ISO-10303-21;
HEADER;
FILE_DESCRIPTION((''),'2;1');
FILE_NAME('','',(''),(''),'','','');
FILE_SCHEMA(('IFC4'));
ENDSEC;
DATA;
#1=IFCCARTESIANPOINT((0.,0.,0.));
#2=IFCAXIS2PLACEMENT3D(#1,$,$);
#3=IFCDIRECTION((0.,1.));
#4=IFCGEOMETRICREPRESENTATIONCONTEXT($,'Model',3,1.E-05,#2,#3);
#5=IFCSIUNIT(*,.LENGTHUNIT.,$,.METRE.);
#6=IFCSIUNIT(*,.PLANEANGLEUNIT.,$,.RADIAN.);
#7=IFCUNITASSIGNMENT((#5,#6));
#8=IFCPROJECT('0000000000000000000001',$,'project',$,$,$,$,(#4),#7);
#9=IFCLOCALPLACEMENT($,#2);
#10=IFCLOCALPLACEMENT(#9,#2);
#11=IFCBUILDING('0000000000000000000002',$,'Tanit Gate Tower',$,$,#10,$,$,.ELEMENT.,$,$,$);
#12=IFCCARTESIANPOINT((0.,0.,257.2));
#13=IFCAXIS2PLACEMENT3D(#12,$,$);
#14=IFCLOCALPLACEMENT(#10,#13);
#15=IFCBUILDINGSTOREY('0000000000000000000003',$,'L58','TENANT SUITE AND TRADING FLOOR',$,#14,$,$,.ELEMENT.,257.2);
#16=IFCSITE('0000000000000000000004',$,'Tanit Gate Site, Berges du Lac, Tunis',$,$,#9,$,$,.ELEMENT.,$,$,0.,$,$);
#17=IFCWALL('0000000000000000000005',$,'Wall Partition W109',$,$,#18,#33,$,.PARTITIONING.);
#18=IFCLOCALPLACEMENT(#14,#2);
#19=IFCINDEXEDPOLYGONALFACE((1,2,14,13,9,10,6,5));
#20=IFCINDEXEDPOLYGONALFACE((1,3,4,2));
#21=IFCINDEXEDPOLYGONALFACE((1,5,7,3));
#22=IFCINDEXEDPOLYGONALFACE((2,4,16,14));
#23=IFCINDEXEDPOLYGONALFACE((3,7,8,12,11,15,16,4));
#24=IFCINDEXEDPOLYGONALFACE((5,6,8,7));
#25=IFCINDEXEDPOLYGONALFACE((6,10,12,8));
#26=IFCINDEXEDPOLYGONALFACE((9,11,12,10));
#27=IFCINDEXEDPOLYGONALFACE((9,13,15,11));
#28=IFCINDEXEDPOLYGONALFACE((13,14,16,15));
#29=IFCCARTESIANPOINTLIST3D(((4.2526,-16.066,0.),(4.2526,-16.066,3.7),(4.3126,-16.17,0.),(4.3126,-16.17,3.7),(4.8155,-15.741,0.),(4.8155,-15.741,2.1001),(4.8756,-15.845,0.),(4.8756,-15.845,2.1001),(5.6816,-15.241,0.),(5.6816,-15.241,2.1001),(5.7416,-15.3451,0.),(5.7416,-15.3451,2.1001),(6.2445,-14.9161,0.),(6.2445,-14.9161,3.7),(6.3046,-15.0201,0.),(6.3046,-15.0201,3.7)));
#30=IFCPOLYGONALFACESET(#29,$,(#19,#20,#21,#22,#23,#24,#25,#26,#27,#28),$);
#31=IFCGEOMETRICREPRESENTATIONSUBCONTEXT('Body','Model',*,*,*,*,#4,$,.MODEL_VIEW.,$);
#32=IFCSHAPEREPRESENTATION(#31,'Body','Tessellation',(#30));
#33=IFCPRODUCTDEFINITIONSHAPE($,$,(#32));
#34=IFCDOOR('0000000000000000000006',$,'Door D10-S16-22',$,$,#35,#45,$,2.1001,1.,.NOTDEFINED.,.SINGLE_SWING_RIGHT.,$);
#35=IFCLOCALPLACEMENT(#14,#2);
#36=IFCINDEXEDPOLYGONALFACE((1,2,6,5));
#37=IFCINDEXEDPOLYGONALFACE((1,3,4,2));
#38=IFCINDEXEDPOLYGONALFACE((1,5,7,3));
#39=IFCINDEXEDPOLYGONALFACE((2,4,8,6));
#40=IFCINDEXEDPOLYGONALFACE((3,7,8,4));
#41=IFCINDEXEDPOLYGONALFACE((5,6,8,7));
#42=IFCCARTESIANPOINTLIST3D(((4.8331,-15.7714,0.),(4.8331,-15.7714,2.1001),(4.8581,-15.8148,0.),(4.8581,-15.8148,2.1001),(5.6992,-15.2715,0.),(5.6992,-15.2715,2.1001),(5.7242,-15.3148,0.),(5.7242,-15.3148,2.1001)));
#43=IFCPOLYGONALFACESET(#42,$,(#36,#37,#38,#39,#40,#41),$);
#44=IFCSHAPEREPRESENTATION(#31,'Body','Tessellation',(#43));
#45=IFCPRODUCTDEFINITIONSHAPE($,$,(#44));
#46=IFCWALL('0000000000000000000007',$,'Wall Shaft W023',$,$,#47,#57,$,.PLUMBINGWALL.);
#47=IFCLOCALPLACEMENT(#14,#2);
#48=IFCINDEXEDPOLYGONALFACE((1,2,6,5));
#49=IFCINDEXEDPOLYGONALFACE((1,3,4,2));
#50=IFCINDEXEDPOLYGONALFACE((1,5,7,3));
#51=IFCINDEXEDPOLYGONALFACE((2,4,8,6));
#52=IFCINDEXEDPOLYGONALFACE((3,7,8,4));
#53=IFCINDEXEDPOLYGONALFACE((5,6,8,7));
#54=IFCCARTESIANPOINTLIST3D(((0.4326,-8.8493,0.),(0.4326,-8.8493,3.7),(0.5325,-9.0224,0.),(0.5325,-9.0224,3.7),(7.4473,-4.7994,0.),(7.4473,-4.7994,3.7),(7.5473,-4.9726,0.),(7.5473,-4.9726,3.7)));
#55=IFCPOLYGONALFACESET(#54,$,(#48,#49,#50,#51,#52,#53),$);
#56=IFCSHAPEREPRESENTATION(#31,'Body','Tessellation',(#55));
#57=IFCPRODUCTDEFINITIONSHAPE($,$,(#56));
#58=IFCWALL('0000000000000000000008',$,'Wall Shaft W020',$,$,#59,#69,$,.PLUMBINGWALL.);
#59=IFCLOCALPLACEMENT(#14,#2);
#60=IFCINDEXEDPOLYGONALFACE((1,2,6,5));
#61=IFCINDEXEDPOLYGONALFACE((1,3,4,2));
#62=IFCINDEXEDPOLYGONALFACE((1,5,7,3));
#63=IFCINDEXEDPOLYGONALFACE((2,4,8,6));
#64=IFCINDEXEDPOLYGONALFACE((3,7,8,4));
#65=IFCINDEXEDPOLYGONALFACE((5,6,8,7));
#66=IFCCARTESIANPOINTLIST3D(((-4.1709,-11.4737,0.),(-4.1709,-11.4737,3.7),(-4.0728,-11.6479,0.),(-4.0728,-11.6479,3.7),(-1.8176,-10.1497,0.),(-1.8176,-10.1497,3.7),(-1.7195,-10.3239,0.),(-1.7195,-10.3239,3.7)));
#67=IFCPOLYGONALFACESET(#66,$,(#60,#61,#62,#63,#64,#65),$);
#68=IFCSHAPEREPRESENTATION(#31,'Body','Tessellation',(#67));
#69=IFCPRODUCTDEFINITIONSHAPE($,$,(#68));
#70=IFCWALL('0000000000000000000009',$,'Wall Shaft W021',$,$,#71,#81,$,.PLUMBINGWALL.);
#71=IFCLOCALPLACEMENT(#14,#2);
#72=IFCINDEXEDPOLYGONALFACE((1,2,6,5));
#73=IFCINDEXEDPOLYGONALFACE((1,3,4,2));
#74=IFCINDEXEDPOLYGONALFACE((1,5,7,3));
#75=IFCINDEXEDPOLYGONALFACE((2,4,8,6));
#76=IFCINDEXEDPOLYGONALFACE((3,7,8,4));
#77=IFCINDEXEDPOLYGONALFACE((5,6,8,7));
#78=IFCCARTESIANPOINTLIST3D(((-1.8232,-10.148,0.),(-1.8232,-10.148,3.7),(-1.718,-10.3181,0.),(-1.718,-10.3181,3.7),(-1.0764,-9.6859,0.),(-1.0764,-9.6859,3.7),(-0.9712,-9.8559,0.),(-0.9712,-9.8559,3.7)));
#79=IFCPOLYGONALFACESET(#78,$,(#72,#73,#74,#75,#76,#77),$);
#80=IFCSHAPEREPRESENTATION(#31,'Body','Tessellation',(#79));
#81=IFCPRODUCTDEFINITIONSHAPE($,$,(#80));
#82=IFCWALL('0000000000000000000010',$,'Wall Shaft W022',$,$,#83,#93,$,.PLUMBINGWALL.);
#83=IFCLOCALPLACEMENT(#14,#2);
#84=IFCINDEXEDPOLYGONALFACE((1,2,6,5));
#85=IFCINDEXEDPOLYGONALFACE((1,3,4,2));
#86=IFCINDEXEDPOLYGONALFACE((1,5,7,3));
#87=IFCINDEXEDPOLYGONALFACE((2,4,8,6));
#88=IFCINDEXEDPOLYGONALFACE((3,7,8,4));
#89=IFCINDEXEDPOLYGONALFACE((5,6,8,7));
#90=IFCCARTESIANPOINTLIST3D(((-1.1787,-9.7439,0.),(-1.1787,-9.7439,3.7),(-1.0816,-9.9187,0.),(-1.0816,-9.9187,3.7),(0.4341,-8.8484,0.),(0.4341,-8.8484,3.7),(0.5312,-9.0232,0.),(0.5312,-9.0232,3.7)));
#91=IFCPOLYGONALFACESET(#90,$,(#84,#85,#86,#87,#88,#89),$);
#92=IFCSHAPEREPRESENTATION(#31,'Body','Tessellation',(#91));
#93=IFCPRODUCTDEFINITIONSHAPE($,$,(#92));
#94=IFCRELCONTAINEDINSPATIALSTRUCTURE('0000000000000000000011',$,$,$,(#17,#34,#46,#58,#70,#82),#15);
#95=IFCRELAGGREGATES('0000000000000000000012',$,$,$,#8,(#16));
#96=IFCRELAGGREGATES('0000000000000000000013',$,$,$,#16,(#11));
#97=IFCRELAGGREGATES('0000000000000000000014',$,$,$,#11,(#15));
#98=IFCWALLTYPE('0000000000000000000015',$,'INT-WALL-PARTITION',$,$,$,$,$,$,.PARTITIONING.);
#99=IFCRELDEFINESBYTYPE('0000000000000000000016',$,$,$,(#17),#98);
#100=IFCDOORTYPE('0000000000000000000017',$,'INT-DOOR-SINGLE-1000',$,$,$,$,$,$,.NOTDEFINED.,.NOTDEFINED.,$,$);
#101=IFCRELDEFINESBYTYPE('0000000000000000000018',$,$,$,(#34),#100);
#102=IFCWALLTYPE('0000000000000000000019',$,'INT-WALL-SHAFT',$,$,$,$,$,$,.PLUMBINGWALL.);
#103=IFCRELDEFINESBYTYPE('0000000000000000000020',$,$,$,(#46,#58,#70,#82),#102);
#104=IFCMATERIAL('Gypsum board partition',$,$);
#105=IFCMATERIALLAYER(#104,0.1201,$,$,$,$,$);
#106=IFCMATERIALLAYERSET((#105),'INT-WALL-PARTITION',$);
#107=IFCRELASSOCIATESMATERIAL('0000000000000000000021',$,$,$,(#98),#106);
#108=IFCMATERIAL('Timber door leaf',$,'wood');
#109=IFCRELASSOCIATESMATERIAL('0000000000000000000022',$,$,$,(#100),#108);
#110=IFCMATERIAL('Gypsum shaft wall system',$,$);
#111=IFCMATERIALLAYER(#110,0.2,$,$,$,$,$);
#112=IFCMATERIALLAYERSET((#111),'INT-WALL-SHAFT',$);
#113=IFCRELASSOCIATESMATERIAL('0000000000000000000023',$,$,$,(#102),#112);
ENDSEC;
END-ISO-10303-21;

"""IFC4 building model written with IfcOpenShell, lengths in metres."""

from ifc_helpers import new_model, si_unit, direction, frame, frame_2d, origin, place, context, subcontext, project, spatial, rectangle, extrude, material, layer, layer_set, type_object, element, fill, save


model = new_model("IFC4")

# Units and contexts
model_context = context("Model", 3, precision=1e-05, world=origin(), true_north=direction((0.0, 1.0)))
body_context = subcontext(model_context, "Body", "Model", "MODEL_VIEW")
ifc_project = project(units=[si_unit("LENGTHUNIT", "METRE"), si_unit("PLANEANGLEUNIT", "RADIAN")], contexts=[model_context])

# Site, building, storey
site_placement = place(None, origin())
site = spatial("IfcSite", under=ifc_project, at=site_placement, Name="Tanit Gate Site, Berges du Lac, Tunis", CompositionType="ELEMENT", RefElevation=0.0)
building_placement = place(site_placement, origin())
building = spatial("IfcBuilding", under=site, at=building_placement, Name="Tanit Gate Tower", CompositionType="ELEMENT")
storey_placement = place(building_placement, frame((0.0, 0.0, 257.2)))
storey = spatial("IfcBuildingStorey", under=building, at=storey_placement, Name="L58", Description="TENANT SUITE AND TRADING FLOOR", CompositionType="ELEMENT", Elevation=257.2)

# Wall, opening, door
ifc_material_1 = material(Name="Gypsum board partition")
ifc_layer_1 = layer(ifc_material_1, 0.1201)
ifc_layer_set_1 = layer_set([ifc_layer_1], Name="INT-WALL-PARTITION")
wall_type_1 = type_object("IfcWallType", Name="INT-WALL-PARTITION", PredefinedType="PARTITIONING", material=ifc_layer_set_1)
wall_1_placement = place(storey_placement, frame((4.2827, -16.1179, 0.0), z_axis=(0.0, 0.0, 1.0), x_axis=(0.866053, 0.499952, 0.0)))
wall_1 = element("IfcWall", 1, at=wall_1_placement, inside=storey, type_object=wall_type_1, Name="Wall Partition W109", PredefinedType="PARTITIONING", context=body_context, shape_type="SweptSolid", body=[
    extrude(rectangle(XDim=2.3, YDim=0.1201, at=frame_2d((1.1499, 0.0))), origin(), (0.0, 0.0, 1.0), 3.7),
])
opening_1_placement = place(wall_1_placement, frame((0.6499, 0.0, 0.0)))
opening_1 = element("IfcOpeningElement", 2, at=opening_1_placement, cuts=wall_1, PredefinedType="OPENING", context=body_context, shape_type="SweptSolid", body=[
    extrude(rectangle(XDim=1.0, YDim=2.1001, at=frame_2d((0.5, 1.05))), frame((0.0, 0.0701, 0.0), z_axis=(0.0, -1.0, 0.0), x_axis=(1.0, 0.0, 0.0)), (0.0, 0.0, 1.0), 0.1401),
])
ifc_material_2 = material(Name="Timber door leaf", Category="wood")
door_type_1 = type_object("IfcDoorType", Name="INT-DOOR-SINGLE-1000", OperationType="NOTDEFINED", PredefinedType="NOTDEFINED", material=ifc_material_2)
door_1_placement = place(opening_1_placement, origin())
door_1 = element("IfcDoor", 3, at=door_1_placement, inside=storey, type_object=door_type_1, Name="Door D10-S16-22", OperationType="SINGLE_SWING_RIGHT", OverallHeight=2.1001, OverallWidth=1.0, PredefinedType="NOTDEFINED", context=body_context, shape_type="SweptSolid", body=[
    extrude(rectangle(XDim=1.0, YDim=2.1001, at=frame_2d((0.5, 1.05))), frame((0.0, 0.0249, 0.0), z_axis=(0.0, -1.0, 0.0), x_axis=(1.0, 0.0, 0.0)), (0.0, 0.0, 1.0), 0.05),
])
fill(opening_1, door_1)

# Walls
ifc_material_3 = material(Name="Gypsum shaft wall system")
ifc_layer_2 = layer(ifc_material_3, 0.2)
ifc_layer_set_2 = layer_set([ifc_layer_2], Name="INT-WALL-SHAFT")
wall_type_2 = type_object("IfcWallType", Name="INT-WALL-SHAFT", PredefinedType="PLUMBINGWALL", material=ifc_layer_set_2)
wall_2_placement = place(storey_placement, frame((0.4827, -8.9358, 0.0), z_axis=(0.0, 0.0, 1.0), x_axis=(0.866031, 0.49999, 0.0)))
element("IfcWall", 4, at=wall_2_placement, inside=storey, type_object=wall_type_2, Name="Wall Shaft W023", PredefinedType="PLUMBINGWALL", context=body_context, shape_type="SweptSolid", body=[
    extrude(rectangle(XDim=8.0999, YDim=0.2, at=frame_2d((4.0498, 0.0))), origin(), (0.0, 0.0, 1.0), 3.7),
])
wall_3_placement = place(storey_placement, frame((-1.7686, -10.2368, 0.0), z_axis=(0.0, 0.0, 1.0), x_axis=(-0.871534, -0.490334, 0.0)))
element("IfcWall", 5, at=wall_3_placement, inside=storey, type_object=wall_type_2, Name="Wall Shaft W020", PredefinedType="PLUMBINGWALL", context=body_context, shape_type="SweptSolid", body=[
    extrude(rectangle(XDim=2.7002, YDim=0.2, at=frame_2d((1.3501, 0.0))), origin(), (0.0, 0.0, 1.0), 3.7),
])
wall_4_placement = place(storey_placement, frame((-1.0239, -9.771, 0.0), z_axis=(0.0, 0.0, 1.0), x_axis=(-0.850348, -0.526221, 0.0)))
element("IfcWall", 6, at=wall_4_placement, inside=storey, type_object=wall_type_2, Name="Wall Shaft W021", PredefinedType="PLUMBINGWALL", context=body_context, shape_type="SweptSolid", body=[
    extrude(rectangle(XDim=0.8782, YDim=0.2, at=frame_2d((0.439, 0.0))), origin(), (0.0, 0.0, 1.0), 3.7),
])
wall_5_placement = place(storey_placement, frame((-1.1301, -9.8313, 0.0), z_axis=(0.0, 0.0, 1.0), x_axis=(0.87427, 0.485441, 0.0)))
element("IfcWall", 7, at=wall_5_placement, inside=storey, type_object=wall_type_2, Name="Wall Shaft W022", PredefinedType="PLUMBINGWALL", context=body_context, shape_type="SweptSolid", body=[
    extrude(rectangle(XDim=1.8447, YDim=0.2, at=frame_2d((0.9224, 0.0))), origin(), (0.0, 0.0, 1.0), 3.7),
])

save(model, "model.ifc")
